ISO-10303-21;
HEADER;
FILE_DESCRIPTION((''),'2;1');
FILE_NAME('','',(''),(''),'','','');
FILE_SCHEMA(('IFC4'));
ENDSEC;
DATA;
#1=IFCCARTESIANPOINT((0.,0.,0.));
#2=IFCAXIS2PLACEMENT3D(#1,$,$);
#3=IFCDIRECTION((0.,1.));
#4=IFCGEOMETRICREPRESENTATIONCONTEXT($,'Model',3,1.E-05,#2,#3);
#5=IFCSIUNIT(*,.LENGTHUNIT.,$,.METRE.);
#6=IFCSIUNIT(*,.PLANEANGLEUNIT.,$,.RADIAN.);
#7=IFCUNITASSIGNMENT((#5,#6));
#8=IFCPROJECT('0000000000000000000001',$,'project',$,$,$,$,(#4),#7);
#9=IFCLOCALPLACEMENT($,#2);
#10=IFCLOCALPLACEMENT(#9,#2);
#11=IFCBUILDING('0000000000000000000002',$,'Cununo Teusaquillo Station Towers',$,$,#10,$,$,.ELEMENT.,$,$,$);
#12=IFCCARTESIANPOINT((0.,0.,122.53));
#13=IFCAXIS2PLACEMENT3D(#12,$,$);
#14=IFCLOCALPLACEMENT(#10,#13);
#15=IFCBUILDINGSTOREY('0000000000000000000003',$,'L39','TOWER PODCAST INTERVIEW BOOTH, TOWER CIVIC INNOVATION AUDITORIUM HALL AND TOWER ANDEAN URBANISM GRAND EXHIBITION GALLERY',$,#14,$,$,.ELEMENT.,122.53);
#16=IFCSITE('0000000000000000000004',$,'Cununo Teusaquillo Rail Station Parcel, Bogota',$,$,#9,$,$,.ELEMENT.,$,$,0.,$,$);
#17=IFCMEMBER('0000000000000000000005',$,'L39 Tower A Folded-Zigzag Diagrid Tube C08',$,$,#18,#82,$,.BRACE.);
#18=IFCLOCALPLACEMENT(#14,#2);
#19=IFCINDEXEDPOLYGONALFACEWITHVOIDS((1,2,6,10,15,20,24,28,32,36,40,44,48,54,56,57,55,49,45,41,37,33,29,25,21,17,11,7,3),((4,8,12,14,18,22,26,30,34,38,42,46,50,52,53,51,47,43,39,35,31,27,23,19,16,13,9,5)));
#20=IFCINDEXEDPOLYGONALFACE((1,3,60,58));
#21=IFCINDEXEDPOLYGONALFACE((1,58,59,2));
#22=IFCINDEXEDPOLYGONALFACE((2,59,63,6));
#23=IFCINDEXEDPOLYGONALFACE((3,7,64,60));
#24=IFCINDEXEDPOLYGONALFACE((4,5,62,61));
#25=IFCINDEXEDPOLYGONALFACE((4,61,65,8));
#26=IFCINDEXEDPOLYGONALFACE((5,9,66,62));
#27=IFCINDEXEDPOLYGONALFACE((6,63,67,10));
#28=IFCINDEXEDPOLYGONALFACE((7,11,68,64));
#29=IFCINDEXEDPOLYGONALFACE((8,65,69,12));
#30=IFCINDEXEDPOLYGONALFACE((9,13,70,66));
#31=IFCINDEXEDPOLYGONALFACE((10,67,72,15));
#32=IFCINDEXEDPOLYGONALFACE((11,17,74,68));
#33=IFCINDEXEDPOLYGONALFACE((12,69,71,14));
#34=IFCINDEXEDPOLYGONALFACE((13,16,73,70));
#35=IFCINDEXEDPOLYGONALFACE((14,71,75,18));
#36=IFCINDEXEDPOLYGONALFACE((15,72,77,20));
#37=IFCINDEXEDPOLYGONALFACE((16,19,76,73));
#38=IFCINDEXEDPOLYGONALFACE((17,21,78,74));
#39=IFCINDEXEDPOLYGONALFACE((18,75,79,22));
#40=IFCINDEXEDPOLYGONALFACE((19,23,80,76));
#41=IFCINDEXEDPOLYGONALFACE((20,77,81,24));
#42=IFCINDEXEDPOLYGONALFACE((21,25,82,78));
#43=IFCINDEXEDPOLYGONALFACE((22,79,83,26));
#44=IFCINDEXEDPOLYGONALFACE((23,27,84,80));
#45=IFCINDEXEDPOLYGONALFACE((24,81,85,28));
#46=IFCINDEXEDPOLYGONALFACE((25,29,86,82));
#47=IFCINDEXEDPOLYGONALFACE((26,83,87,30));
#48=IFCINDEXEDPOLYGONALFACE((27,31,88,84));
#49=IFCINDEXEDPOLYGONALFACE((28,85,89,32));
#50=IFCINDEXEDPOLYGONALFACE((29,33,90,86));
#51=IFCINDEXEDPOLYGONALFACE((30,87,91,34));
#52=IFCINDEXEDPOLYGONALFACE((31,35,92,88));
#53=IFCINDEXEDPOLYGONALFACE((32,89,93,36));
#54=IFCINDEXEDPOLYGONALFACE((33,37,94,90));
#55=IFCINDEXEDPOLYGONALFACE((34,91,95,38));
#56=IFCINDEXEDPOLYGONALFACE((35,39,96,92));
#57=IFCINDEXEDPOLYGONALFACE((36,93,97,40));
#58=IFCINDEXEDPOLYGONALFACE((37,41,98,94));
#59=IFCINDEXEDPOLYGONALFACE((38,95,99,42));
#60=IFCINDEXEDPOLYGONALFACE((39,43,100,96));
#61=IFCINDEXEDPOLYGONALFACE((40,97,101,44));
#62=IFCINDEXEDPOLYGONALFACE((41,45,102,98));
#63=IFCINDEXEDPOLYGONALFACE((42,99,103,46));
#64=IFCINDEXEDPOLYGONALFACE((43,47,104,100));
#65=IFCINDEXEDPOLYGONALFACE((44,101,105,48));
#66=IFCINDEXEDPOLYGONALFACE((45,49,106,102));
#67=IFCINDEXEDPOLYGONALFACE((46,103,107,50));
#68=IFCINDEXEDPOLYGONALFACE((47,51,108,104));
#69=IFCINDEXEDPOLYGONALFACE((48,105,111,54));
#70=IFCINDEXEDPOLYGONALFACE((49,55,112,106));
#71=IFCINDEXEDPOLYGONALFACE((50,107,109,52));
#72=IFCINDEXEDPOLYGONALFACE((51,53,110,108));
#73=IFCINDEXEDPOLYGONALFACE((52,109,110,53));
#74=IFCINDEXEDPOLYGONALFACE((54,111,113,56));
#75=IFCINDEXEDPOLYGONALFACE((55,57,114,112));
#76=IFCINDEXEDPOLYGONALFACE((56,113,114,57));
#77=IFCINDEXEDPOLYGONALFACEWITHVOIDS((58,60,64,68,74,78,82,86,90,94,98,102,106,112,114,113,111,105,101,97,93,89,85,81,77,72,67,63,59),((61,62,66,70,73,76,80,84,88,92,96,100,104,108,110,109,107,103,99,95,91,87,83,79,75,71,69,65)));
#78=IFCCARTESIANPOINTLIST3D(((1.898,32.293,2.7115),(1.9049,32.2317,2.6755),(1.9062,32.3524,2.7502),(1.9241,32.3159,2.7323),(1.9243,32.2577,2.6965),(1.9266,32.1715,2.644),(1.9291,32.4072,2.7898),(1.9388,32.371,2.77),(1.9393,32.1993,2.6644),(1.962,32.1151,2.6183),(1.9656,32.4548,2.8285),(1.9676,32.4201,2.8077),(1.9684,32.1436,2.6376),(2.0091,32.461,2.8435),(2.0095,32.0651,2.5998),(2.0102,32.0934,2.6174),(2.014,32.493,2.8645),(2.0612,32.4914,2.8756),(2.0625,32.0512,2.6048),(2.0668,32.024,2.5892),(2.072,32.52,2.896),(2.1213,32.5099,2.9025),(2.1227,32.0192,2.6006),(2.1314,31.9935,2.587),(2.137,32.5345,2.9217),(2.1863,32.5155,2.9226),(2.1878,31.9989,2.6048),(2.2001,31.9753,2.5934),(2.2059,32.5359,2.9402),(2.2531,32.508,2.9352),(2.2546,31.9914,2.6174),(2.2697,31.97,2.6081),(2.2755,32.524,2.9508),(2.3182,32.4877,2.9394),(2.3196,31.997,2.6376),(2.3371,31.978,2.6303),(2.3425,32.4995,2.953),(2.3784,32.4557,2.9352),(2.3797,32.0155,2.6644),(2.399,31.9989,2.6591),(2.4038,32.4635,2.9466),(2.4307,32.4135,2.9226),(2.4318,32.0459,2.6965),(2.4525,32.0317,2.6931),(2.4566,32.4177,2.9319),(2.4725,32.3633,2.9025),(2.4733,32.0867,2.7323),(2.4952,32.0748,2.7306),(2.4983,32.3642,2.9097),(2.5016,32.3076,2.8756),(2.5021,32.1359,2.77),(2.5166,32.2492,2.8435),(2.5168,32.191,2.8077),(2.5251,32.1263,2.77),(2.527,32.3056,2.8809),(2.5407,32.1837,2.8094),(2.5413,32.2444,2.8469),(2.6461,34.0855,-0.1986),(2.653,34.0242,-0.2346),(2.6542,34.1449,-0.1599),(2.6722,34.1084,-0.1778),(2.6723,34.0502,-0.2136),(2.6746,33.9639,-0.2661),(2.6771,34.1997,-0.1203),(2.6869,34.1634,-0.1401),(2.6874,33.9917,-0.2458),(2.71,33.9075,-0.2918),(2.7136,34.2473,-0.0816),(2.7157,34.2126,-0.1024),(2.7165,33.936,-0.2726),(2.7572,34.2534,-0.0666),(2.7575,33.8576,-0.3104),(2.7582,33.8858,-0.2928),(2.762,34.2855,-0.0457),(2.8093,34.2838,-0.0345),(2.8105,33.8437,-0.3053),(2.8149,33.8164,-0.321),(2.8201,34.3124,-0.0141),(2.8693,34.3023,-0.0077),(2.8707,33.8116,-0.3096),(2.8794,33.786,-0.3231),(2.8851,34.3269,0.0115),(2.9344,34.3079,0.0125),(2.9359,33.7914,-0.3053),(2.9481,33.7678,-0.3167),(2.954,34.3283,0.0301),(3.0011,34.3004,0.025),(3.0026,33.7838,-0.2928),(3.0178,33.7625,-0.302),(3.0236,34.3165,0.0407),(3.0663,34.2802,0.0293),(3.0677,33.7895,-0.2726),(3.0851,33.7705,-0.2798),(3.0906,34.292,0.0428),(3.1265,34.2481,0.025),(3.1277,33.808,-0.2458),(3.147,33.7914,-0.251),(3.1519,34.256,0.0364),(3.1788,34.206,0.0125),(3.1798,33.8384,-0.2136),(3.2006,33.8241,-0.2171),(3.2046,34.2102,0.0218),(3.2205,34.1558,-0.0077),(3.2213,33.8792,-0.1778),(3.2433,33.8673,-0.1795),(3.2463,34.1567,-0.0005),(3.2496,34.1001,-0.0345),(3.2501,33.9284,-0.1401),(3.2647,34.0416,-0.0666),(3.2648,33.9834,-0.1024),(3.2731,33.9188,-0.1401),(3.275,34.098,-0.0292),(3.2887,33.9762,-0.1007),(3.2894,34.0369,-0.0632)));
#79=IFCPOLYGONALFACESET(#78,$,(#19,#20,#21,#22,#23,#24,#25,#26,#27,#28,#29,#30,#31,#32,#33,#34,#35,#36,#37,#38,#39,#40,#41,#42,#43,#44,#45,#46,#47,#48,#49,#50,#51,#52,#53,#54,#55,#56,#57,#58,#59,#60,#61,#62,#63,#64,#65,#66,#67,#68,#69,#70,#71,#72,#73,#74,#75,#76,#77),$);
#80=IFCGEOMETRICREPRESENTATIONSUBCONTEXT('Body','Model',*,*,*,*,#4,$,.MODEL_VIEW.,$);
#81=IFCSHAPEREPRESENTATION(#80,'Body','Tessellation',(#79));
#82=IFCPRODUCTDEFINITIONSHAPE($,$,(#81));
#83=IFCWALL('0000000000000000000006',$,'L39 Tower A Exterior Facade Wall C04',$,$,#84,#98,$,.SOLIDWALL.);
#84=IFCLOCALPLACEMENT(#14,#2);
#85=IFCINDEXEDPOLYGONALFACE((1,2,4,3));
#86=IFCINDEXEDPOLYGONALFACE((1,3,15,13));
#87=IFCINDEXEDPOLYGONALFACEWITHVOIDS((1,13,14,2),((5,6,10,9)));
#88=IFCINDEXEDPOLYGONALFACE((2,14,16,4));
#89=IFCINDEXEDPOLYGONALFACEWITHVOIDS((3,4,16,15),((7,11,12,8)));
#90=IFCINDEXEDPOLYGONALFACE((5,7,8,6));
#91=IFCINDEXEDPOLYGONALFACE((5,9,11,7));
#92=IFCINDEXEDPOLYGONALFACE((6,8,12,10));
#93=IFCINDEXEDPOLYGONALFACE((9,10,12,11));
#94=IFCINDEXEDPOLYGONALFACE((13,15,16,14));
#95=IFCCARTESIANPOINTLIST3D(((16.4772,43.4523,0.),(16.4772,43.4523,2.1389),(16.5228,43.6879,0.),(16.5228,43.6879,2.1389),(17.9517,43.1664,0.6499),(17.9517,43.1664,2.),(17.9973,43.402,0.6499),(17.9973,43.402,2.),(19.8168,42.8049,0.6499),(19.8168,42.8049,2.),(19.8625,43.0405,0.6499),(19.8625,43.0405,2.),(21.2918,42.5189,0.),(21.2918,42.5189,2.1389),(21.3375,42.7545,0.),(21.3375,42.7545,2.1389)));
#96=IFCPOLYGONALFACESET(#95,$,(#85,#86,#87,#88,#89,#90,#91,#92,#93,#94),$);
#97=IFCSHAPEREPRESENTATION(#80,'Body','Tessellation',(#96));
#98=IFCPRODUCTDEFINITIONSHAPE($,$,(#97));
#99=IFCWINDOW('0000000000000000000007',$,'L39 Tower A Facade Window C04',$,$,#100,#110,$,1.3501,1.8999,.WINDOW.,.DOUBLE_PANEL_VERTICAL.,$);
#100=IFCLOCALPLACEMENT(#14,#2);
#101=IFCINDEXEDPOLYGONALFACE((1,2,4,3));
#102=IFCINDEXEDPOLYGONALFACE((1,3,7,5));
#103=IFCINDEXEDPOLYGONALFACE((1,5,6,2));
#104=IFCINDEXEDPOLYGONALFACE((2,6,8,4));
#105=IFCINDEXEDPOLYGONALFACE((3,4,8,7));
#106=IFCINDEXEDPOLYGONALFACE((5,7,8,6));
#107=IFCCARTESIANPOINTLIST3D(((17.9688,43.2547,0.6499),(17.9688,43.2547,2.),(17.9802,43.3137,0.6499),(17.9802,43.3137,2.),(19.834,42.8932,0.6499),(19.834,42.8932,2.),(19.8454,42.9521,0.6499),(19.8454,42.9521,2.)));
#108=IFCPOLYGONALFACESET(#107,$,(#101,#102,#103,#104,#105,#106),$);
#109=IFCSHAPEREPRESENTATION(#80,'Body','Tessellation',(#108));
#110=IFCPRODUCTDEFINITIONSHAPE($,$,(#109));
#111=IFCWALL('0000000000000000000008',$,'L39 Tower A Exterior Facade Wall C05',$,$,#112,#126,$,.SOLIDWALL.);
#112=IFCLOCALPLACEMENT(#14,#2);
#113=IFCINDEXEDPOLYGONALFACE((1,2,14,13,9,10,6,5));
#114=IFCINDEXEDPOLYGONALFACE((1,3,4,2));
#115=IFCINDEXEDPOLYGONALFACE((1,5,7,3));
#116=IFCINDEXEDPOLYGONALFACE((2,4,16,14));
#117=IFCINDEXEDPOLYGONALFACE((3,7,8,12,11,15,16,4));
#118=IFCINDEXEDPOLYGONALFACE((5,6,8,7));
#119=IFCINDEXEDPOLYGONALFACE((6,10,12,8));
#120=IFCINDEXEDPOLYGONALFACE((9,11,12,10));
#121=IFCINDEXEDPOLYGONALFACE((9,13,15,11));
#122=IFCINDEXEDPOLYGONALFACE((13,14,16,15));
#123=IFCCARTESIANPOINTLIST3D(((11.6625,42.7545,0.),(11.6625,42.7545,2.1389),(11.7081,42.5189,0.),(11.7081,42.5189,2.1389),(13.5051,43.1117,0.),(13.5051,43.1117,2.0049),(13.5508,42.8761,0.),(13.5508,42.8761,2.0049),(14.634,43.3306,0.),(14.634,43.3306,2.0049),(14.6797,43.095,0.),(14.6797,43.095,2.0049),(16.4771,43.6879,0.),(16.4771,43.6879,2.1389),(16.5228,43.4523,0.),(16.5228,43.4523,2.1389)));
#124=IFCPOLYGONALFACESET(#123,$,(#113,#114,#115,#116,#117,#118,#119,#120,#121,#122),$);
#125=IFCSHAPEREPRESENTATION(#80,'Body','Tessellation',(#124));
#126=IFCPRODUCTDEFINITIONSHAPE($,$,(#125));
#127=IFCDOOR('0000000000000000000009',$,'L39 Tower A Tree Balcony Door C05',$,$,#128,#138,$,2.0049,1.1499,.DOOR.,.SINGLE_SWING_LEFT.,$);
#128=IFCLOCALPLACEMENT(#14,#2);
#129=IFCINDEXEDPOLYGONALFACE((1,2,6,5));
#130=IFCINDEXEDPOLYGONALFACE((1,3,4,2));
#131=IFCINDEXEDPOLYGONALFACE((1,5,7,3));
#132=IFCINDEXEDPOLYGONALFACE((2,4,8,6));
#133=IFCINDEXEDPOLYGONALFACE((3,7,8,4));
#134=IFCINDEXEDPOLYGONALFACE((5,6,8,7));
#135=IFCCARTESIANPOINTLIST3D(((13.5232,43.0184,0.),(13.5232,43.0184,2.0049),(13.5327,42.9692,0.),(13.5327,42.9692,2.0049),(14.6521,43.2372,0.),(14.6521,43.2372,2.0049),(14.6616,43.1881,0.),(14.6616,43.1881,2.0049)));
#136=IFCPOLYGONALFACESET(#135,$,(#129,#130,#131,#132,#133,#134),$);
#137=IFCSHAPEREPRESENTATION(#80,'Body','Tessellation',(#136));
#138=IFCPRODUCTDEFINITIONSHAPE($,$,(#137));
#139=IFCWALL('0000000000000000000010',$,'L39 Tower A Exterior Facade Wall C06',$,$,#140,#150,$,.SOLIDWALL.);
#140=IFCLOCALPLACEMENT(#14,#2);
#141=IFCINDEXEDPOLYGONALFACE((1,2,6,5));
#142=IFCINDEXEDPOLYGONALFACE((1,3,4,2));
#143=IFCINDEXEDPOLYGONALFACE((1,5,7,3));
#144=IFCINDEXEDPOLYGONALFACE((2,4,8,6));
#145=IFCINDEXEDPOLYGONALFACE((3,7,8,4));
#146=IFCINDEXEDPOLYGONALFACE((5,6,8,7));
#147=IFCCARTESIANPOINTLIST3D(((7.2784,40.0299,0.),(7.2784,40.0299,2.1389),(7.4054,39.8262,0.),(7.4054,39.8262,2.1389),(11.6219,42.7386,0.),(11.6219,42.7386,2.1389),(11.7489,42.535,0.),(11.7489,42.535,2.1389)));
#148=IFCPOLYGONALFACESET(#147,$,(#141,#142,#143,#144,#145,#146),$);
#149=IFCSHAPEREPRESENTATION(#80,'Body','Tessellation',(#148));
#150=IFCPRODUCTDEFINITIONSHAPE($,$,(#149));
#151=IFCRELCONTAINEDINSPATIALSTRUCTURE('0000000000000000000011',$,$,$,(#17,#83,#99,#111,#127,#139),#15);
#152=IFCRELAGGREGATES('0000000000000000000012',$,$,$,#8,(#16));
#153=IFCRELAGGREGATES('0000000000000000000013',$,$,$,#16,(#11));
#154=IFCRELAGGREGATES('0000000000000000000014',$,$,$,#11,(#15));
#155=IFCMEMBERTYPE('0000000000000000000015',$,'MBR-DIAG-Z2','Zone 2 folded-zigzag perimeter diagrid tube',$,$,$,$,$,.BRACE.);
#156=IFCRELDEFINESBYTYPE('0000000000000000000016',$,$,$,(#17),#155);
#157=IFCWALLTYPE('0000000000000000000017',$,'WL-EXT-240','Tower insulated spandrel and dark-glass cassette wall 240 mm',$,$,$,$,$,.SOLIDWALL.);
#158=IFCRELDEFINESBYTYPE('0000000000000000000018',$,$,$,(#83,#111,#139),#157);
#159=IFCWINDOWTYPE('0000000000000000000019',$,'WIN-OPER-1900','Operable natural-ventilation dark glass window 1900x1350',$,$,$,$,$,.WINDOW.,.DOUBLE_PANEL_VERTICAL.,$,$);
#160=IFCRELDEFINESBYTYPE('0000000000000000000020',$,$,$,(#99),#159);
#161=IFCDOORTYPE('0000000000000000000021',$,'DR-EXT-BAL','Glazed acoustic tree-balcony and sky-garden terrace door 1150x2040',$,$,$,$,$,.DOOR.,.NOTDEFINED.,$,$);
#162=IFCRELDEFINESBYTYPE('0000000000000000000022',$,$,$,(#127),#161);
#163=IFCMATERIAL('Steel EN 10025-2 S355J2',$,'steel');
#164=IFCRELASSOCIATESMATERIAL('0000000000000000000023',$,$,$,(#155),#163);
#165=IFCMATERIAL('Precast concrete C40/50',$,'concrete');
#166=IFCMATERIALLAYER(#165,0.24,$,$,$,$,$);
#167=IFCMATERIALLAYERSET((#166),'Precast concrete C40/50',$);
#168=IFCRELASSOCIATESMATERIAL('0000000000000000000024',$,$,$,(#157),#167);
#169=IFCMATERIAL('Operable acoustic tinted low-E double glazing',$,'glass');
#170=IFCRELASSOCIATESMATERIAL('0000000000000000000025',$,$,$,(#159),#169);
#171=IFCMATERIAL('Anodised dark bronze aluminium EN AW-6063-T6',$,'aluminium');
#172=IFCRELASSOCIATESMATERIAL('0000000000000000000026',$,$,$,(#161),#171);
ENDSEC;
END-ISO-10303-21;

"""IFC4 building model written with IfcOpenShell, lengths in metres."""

from ifc_helpers import new_model, si_unit, direction, frame, frame_2d, origin, origin_2d, place, context, subcontext, project, spatial, rectangle, hollow_circle, extrude, source, transform, mapped, material, layer, layer_set, material_profile, profile_set, type_object, element, fill, save


model = new_model("IFC4")

# Units and contexts
model_context = context("Model", 3, precision=1e-05, world=origin(), true_north=direction((0.0, 1.0)))
body_context = subcontext(model_context, "Body", "Model", "MODEL_VIEW")
ifc_project = project(units=[si_unit("LENGTHUNIT", "METRE"), si_unit("PLANEANGLEUNIT", "RADIAN")], contexts=[model_context])

# Site, building, storey
site_placement = place(None, origin())
site = spatial("IfcSite", under=ifc_project, at=site_placement, Name="Cununo Teusaquillo Rail Station Parcel, Bogota", CompositionType="ELEMENT", RefElevation=0.0)
building_placement = place(site_placement, origin())
building = spatial("IfcBuilding", under=site, at=building_placement, Name="Cununo Teusaquillo Station Towers", CompositionType="ELEMENT")
storey_placement = place(building_placement, frame((0.0, 0.0, 122.53)))
storey = spatial("IfcBuildingStorey", under=building, at=storey_placement, Name="L39", Description="TOWER PODCAST INTERVIEW BOOTH, TOWER CIVIC INNOVATION AUDITORIUM HALL AND TOWER ANDEAN URBANISM GRAND EXHIBITION GALLERY", CompositionType="ELEMENT", Elevation=122.53)

# Member
ifc_material_1 = material(Name="Steel EN 10025-2 S355J2", Category="steel")
ifc_material_profile_1 = material_profile(ifc_material_1, hollow_circle(Radius=0.3301, WallThickness=0.0249, at=origin_2d()), Name="CHS 660x25")
ifc_profile_set_1 = profile_set([ifc_material_profile_1], Name="Steel EN 10025-2 S355J2")
member_type = type_object("IfcMemberType", Name="MBR-DIAG-Z2", Description="Zone 2 folded-zigzag perimeter diagrid tube", PredefinedType="BRACE", material=ifc_profile_set_1)
member_1_placement = place(storey_placement, frame((2.9685, 34.0459, -0.1401), z_axis=(-0.213801, -0.512314, 0.831759), x_axis=(0.922861, -0.385133, 0.0)))
element("IfcMember", 1, at=member_1_placement, inside=storey, type_object=member_type, Name="L39 Tower A Folded-Zigzag Diagrid Tube C08", PredefinedType="BRACE", context=body_context, shape_type="SweptSolid", body=[
    extrude(hollow_circle(Radius=0.3301, WallThickness=0.0249, at=origin_2d()), origin(), (0.0, 0.0, 1.0), 3.4988),
])

# Wall, opening, window
ifc_material_2 = material(Name="Precast concrete C40/50", Category="concrete")
ifc_layer_1 = layer(ifc_material_2, 0.24)
ifc_layer_set_1 = layer_set([ifc_layer_1], Name="Precast concrete C40/50")
wall_type_1 = type_object("IfcWallType", Name="WL-EXT-240", Description="Tower insulated spandrel and dark-glass cassette wall 240 mm", PredefinedType="SOLIDWALL", material=ifc_layer_set_1)
wall_1_placement = place(storey_placement, frame((16.5, 43.5701, 0.0), z_axis=(0.0, 0.0, 1.0), x_axis=(0.981724, -0.190311, 0.0)))
wall_1 = element("IfcWall", 2, at=wall_1_placement, inside=storey, type_object=wall_type_1, Name="L39 Tower A Exterior Facade Wall C04", PredefinedType="SOLIDWALL", context=body_context, shape_type="SweptSolid", body=[
    extrude(rectangle(XDim=4.9043, YDim=0.24, at=frame_2d((2.4521, 0.0))), origin(), (0.0, 0.0, 1.0), 2.1389),
])
shared_shape_1 = source(origin(), body_context, "Body", "SweptSolid", [
    extrude(rectangle(XDim=1.8999, YDim=1.3501, at=frame_2d((0.95, 0.675))), frame((0.0, 0.1299, 0.0), z_axis=(0.0, -1.0, 0.0), x_axis=(1.0, 0.0, 0.0)), (0.0, 0.0, 1.0), 0.26),
])
opening_1_placement = place(wall_1_placement, frame((1.502, 0.0, 0.6499)))
opening_1 = element("IfcOpeningElement", 3, at=opening_1_placement, cuts=wall_1, PredefinedType="OPENING", context=body_context, shape_type="MappedRepresentation", body=[
    mapped(shared_shape_1, transform((0.0, 0.0, 0.0), x_axis=(1.0, 0.0, 0.0), y_axis=(0.0, 1.0, 0.0), z_axis=(0.0, 0.0, 1.0), scale=1.0)),
])
ifc_material_3 = material(Name="Operable acoustic tinted low-E double glazing", Category="glass")
window_type = type_object("IfcWindowType", Name="WIN-OPER-1900", Description="Operable natural-ventilation dark glass window 1900x1350", PartitioningType="DOUBLE_PANEL_VERTICAL", PredefinedType="WINDOW", material=ifc_material_3)
shared_shape_2 = source(origin(), body_context, "Body", "SweptSolid", [
    extrude(rectangle(XDim=1.8999, YDim=1.3501, at=frame_2d((0.95, 0.675))), frame((0.0, 0.03, 0.0), z_axis=(0.0, -1.0, 0.0), x_axis=(1.0, 0.0, 0.0)), (0.0, 0.0, 1.0), 0.0601),
])
window_1_placement = place(opening_1_placement, origin())
window_1 = element("IfcWindow", 4, at=window_1_placement, inside=storey, type_object=window_type, Name="L39 Tower A Facade Window C04", OverallHeight=1.3501, OverallWidth=1.8999, PartitioningType="DOUBLE_PANEL_VERTICAL", PredefinedType="WINDOW", context=body_context, shape_type="MappedRepresentation", body=[
    mapped(shared_shape_2, transform((0.0, 0.0, 0.0), x_axis=(1.0, 0.0, 0.0), y_axis=(0.0, 1.0, 0.0), z_axis=(0.0, 0.0, 1.0), scale=1.0)),
])
fill(opening_1, window_1)

# Wall, opening, door
wall_2_placement = place(storey_placement, frame((11.6853, 42.6367, 0.0), z_axis=(0.0, 0.0, 1.0), x_axis=(0.981724, 0.190311, 0.0)))
wall_2 = element("IfcWall", 5, at=wall_2_placement, inside=storey, type_object=wall_type_1, Name="L39 Tower A Exterior Facade Wall C05", PredefinedType="SOLIDWALL", context=body_context, shape_type="SweptSolid", body=[
    extrude(rectangle(XDim=4.9043, YDim=0.24, at=frame_2d((2.4521, 0.0))), origin(), (0.0, 0.0, 1.0), 2.1389),
])
shared_shape_3 = source(origin(), body_context, "Body", "SweptSolid", [
    extrude(rectangle(XDim=1.1499, YDim=2.0049, at=frame_2d((0.575, 1.0024))), frame((0.0, 0.1299, 0.0), z_axis=(0.0, -1.0, 0.0), x_axis=(1.0, 0.0, 0.0)), (0.0, 0.0, 1.0), 0.26),
])
opening_2_placement = place(wall_2_placement, frame((1.877, 0.0, 0.0)))
opening_2 = element("IfcOpeningElement", 6, at=opening_2_placement, cuts=wall_2, PredefinedType="OPENING", context=body_context, shape_type="MappedRepresentation", body=[
    mapped(shared_shape_3, transform((0.0, 0.0, 0.0), x_axis=(1.0, 0.0, 0.0), y_axis=(0.0, 1.0, 0.0), z_axis=(0.0, 0.0, 1.0), scale=1.0)),
])
ifc_material_4 = material(Name="Anodised dark bronze aluminium EN AW-6063-T6", Category="aluminium")
door_type = type_object("IfcDoorType", Name="DR-EXT-BAL", Description="Glazed acoustic tree-balcony and sky-garden terrace door 1150x2040", OperationType="NOTDEFINED", PredefinedType="DOOR", material=ifc_material_4)
shared_shape_4 = source(origin(), body_context, "Body", "SweptSolid", [
    extrude(rectangle(XDim=1.1499, YDim=2.0049, at=frame_2d((0.575, 1.0024))), frame((0.0, 0.0249, 0.0), z_axis=(0.0, -1.0, 0.0), x_axis=(1.0, 0.0, 0.0)), (0.0, 0.0, 1.0), 0.05),
])
door_placement = place(opening_2_placement, origin())
door = element("IfcDoor", 7, at=door_placement, inside=storey, type_object=door_type, Name="L39 Tower A Tree Balcony Door C05", OperationType="SINGLE_SWING_LEFT", OverallHeight=2.0049, OverallWidth=1.1499, PredefinedType="DOOR", context=body_context, shape_type="MappedRepresentation", body=[
    mapped(shared_shape_4, transform((0.0, 0.0, 0.0), x_axis=(1.0, 0.0, 0.0), y_axis=(0.0, 1.0, 0.0), z_axis=(0.0, 0.0, 1.0), scale=1.0)),
])
fill(opening_2, door)

# Wall
wall_3_placement = place(storey_placement, frame((7.3418, 39.928, 0.0), z_axis=(0.0, 0.0, 1.0), x_axis=(0.84852, 0.529163, 0.0)))
element("IfcWall", 8, at=wall_3_placement, inside=storey, type_object=wall_type_1, Name="L39 Tower A Exterior Facade Wall C06", PredefinedType="SOLIDWALL", context=body_context, shape_type="SweptSolid", body=[
    extrude(rectangle(XDim=5.1189, YDim=0.24, at=frame_2d((2.5596, 0.0))), origin(), (0.0, 0.0, 1.0), 2.1389),
])

save(model, "model.ifc")
